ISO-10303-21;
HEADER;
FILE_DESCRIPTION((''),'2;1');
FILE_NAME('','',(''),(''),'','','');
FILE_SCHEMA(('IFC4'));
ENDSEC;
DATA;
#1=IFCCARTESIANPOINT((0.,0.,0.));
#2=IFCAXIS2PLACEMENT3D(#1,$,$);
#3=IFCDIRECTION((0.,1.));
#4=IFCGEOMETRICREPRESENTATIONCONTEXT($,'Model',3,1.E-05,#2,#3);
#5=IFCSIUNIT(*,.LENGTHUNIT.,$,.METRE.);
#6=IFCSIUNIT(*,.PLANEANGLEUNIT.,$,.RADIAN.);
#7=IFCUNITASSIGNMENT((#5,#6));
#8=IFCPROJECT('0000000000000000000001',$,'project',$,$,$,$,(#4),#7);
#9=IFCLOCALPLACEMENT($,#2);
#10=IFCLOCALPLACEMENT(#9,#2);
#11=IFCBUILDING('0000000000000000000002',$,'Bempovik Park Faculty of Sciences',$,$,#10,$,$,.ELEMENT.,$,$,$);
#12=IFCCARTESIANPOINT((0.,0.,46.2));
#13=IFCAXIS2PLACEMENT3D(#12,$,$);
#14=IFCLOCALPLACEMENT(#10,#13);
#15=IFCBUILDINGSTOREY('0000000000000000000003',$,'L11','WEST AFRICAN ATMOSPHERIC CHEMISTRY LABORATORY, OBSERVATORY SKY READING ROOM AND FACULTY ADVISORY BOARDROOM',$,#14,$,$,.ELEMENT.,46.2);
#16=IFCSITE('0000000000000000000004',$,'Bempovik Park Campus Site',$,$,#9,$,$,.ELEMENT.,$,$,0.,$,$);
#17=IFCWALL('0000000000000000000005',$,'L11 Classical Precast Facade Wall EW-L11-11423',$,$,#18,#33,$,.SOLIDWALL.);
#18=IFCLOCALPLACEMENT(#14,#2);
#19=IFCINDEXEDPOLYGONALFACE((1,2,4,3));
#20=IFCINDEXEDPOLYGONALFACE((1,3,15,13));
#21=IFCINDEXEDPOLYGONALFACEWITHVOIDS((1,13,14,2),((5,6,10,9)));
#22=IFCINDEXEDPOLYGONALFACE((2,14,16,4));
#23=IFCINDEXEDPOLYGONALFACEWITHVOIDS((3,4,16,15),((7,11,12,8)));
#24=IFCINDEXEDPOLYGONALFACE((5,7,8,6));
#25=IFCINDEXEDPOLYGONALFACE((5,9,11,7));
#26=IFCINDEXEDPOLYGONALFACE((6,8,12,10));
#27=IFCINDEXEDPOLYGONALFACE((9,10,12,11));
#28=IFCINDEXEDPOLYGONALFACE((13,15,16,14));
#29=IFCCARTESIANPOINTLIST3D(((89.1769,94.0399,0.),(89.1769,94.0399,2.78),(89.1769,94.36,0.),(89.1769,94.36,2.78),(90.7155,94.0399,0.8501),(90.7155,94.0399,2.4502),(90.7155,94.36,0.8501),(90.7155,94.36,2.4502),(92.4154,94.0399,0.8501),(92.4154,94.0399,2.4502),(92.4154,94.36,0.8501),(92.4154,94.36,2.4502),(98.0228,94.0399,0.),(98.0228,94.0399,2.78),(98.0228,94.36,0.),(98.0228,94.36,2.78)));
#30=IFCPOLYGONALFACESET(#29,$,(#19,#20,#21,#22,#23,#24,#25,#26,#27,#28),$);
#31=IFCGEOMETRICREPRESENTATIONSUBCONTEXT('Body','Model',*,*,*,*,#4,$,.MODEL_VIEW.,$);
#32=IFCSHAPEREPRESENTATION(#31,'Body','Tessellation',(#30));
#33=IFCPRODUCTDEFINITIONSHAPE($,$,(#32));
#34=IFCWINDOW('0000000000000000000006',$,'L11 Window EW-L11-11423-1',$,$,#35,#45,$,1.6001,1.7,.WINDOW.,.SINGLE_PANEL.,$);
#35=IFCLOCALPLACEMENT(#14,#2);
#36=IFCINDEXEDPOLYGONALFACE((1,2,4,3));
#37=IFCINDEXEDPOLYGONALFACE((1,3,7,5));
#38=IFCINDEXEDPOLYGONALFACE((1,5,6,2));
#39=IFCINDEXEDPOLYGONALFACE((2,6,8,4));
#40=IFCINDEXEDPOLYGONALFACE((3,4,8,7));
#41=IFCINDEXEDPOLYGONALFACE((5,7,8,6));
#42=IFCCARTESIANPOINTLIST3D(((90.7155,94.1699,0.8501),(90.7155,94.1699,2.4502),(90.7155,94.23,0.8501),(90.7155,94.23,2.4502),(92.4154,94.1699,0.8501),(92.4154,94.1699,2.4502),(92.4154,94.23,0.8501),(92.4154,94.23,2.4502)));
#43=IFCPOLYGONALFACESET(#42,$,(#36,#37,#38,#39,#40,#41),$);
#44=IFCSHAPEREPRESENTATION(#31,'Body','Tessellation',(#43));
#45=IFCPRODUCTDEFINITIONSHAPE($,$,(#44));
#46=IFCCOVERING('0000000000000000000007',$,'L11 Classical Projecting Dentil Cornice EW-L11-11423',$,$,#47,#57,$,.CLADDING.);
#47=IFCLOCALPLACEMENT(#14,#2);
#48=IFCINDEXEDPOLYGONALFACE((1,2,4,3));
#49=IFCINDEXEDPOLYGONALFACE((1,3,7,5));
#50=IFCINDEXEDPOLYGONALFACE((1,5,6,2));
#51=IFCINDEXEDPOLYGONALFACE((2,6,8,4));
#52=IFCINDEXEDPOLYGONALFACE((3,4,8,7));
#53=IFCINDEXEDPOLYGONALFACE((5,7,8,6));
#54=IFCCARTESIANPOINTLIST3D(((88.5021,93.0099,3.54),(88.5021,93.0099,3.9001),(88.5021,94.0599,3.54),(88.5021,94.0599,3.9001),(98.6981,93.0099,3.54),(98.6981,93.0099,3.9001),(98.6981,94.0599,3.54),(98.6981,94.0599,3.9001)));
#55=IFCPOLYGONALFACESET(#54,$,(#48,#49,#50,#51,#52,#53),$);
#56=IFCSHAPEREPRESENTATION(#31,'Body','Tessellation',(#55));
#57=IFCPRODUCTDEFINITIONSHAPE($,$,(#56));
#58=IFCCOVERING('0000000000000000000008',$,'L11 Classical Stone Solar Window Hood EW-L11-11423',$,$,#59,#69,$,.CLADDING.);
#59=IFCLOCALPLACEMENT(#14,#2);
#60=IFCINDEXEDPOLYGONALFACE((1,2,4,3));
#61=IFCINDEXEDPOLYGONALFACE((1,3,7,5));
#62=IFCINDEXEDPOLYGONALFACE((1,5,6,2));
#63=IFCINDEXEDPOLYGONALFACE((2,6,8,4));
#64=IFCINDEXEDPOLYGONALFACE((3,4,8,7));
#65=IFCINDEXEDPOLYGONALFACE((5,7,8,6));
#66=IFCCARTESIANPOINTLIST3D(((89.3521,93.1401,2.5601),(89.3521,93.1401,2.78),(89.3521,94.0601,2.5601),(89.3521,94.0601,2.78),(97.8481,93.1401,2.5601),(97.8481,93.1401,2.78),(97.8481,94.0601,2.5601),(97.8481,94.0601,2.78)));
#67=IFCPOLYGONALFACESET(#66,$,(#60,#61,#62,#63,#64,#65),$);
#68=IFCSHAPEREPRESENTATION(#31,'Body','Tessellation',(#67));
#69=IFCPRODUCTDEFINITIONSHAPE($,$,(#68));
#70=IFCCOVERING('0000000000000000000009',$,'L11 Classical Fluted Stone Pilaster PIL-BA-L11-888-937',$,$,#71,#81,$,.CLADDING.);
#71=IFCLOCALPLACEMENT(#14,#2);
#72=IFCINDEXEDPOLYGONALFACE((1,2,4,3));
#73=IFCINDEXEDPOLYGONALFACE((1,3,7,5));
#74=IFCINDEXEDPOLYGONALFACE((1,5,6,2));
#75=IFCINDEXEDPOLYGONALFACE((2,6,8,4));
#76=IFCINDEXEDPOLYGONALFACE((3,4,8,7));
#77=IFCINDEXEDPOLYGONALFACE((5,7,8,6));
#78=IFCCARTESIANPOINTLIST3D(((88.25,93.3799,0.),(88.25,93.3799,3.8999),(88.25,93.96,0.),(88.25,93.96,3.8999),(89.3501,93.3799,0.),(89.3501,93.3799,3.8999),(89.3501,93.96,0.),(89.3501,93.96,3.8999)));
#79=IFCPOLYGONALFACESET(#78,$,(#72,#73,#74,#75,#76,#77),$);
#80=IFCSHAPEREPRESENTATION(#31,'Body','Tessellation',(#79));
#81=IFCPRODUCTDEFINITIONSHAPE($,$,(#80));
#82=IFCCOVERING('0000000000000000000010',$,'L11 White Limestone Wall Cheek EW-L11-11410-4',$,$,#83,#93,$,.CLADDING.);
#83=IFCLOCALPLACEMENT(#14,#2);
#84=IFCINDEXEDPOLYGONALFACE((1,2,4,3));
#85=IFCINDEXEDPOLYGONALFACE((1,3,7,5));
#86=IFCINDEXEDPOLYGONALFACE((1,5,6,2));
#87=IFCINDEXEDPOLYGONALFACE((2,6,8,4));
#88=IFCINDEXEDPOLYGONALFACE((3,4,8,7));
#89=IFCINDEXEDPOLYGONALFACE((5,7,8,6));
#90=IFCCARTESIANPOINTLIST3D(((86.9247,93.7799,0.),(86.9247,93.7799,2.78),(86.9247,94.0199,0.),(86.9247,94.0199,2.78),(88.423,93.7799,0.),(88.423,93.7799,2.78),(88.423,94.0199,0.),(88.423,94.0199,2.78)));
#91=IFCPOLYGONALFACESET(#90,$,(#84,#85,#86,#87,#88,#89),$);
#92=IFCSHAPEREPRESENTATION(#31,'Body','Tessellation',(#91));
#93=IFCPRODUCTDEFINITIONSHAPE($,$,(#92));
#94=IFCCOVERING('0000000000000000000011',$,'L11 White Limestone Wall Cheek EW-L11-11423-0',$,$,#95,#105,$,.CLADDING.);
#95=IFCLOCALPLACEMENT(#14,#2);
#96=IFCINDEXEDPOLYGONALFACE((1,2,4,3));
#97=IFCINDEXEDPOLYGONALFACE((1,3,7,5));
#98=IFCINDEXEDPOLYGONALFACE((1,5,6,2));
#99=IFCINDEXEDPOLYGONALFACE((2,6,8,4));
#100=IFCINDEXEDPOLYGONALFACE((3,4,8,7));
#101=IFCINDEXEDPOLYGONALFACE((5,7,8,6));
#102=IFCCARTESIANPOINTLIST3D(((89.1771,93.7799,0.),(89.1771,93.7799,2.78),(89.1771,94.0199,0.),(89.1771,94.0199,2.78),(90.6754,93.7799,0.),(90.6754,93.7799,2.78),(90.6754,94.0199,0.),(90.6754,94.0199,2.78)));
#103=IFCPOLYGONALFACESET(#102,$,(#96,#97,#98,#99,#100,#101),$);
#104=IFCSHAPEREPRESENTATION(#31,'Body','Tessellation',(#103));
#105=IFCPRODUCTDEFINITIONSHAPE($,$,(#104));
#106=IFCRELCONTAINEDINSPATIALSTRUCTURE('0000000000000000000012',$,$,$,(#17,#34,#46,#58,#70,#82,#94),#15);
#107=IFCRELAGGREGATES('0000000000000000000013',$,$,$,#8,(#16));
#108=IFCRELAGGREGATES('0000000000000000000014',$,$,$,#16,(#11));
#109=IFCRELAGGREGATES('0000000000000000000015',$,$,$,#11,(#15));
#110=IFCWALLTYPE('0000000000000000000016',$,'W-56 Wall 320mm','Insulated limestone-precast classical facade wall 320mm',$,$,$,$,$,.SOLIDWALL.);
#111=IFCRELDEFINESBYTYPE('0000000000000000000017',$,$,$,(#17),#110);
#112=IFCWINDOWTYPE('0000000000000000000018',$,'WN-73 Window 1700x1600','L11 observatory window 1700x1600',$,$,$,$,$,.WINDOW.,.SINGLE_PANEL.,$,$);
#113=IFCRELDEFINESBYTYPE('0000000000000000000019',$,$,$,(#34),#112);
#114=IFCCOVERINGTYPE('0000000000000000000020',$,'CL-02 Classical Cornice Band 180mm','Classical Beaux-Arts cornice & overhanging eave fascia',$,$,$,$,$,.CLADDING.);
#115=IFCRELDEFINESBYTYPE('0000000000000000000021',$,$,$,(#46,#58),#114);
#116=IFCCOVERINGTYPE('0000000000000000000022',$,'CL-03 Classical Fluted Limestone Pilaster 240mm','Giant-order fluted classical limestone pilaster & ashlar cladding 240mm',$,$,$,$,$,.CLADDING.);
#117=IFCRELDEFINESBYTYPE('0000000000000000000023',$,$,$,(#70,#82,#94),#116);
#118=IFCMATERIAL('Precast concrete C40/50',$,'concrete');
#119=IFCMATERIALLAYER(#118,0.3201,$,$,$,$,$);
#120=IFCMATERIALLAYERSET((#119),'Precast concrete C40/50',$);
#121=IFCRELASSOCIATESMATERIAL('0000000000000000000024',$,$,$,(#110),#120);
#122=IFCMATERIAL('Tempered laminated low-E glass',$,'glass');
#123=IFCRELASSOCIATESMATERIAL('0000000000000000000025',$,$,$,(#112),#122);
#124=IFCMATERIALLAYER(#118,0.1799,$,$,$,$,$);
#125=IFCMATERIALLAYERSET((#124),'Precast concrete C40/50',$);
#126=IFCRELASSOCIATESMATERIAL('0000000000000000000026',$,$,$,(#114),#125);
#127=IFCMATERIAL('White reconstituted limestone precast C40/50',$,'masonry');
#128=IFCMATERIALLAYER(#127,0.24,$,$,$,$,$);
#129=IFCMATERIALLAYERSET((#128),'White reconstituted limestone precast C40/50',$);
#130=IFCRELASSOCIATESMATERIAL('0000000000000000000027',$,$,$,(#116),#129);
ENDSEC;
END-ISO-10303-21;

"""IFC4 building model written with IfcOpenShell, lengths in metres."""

from ifc_helpers import new_model, si_unit, direction, frame, frame_2d, origin, origin_2d, place, context, subcontext, project, spatial, rectangle, extrude, material, layer, layer_set, type_object, element, fill, save


model = new_model("IFC4")

# Units and contexts
model_context = context("Model", 3, precision=1e-05, world=origin(), true_north=direction((0.0, 1.0)))
body_context = subcontext(model_context, "Body", "Model", "MODEL_VIEW")
ifc_project = project(units=[si_unit("LENGTHUNIT", "METRE"), si_unit("PLANEANGLEUNIT", "RADIAN")], contexts=[model_context])

# Site, building, storey
site_placement = place(None, origin())
site = spatial("IfcSite", under=ifc_project, at=site_placement, Name="Bempovik Park Campus Site", CompositionType="ELEMENT", RefElevation=0.0)
building_placement = place(site_placement, origin())
building = spatial("IfcBuilding", under=site, at=building_placement, Name="Bempovik Park Faculty of Sciences", CompositionType="ELEMENT")
storey_placement = place(building_placement, frame((0.0, 0.0, 46.2)))
storey = spatial("IfcBuildingStorey", under=building, at=storey_placement, Name="L11", Description="WEST AFRICAN ATMOSPHERIC CHEMISTRY LABORATORY, OBSERVATORY SKY READING ROOM AND FACULTY ADVISORY BOARDROOM", CompositionType="ELEMENT", Elevation=46.2)

# Wall, opening, window
ifc_material_1 = material(Name="Precast concrete C40/50", Category="concrete")
ifc_layer_1 = layer(ifc_material_1, 0.3201)
ifc_layer_set_1 = layer_set([ifc_layer_1], Name="Precast concrete C40/50")
wall_type_1 = type_object("IfcWallType", Name="W-56 Wall 320mm", Description="Insulated limestone-precast classical facade wall 320mm", PredefinedType="SOLIDWALL", material=ifc_layer_set_1)
wall_1_placement = place(storey_placement, frame((89.177, 94.2, 0.0), z_axis=(0.0, 0.0, 1.0), x_axis=(1.0, 0.0, 0.0)))
wall_1 = element("IfcWall", 1, at=wall_1_placement, inside=storey, type_object=wall_type_1, Name="L11 Classical Precast Facade Wall EW-L11-11423", PredefinedType="SOLIDWALL", context=body_context, shape_type="SweptSolid", body=[
    extrude(rectangle(XDim=8.8459, YDim=0.3201, at=frame_2d((4.4229, 0.0))), origin(), (0.0, 0.0, 1.0), 2.78),
])
opening_1_placement = place(wall_1_placement, frame((1.5383, 0.0, 0.8501)))
opening_1 = element("IfcOpeningElement", 2, at=opening_1_placement, cuts=wall_1, PredefinedType="OPENING", context=body_context, shape_type="SweptSolid", body=[
    extrude(rectangle(XDim=1.7, YDim=1.6001, at=frame_2d((0.8501, 0.8))), frame((0.0, 0.1699, 0.0), z_axis=(0.0, -1.0, 0.0), x_axis=(1.0, 0.0, 0.0)), (0.0, 0.0, 1.0), 0.3401),
])
ifc_material_2 = material(Name="Tempered laminated low-E glass", Category="glass")
window_type = type_object("IfcWindowType", Name="WN-73 Window 1700x1600", Description="L11 observatory window 1700x1600", PartitioningType="SINGLE_PANEL", PredefinedType="WINDOW", material=ifc_material_2)
window_placement = place(opening_1_placement, origin())
window = element("IfcWindow", 3, at=window_placement, inside=storey, type_object=window_type, Name="L11 Window EW-L11-11423-1", OverallHeight=1.6001, OverallWidth=1.7, PartitioningType="SINGLE_PANEL", PredefinedType="WINDOW", context=body_context, shape_type="SweptSolid", body=[
    extrude(rectangle(XDim=1.7, YDim=1.6001, at=frame_2d((0.8501, 0.8))), frame((0.0, 0.03, 0.0), z_axis=(0.0, -1.0, 0.0), x_axis=(1.0, 0.0, 0.0)), (0.0, 0.0, 1.0), 0.0601),
])
fill(opening_1, window)

# Coverings
ifc_layer_2 = layer(ifc_material_1, 0.1799)
ifc_layer_set_2 = layer_set([ifc_layer_2], Name="Precast concrete C40/50")
covering_type_1 = type_object("IfcCoveringType", Name="CL-02 Classical Cornice Band 180mm", Description="Classical Beaux-Arts cornice & overhanging eave fascia", PredefinedType="CLADDING", material=ifc_layer_set_2)
covering_1_placement = place(storey_placement, frame((93.6001, 93.5349, 3.54), z_axis=(0.0, 0.0, 1.0), x_axis=(1.0, 0.0, 0.0)))
element("IfcCovering", 4, at=covering_1_placement, inside=storey, type_object=covering_type_1, Name="L11 Classical Projecting Dentil Cornice EW-L11-11423", PredefinedType="CLADDING", context=body_context, shape_type="SweptSolid", body=[
    extrude(rectangle(XDim=10.196, YDim=1.05, at=origin_2d()), origin(), (0.0, 0.0, 1.0), 0.3601),
])
covering_2_placement = place(storey_placement, frame((93.6001, 93.6001, 2.5601), z_axis=(0.0, 0.0, 1.0), x_axis=(1.0, 0.0, 0.0)))
element("IfcCovering", 5, at=covering_2_placement, inside=storey, type_object=covering_type_1, Name="L11 Classical Stone Solar Window Hood EW-L11-11423", PredefinedType="CLADDING", context=body_context, shape_type="SweptSolid", body=[
    extrude(rectangle(XDim=8.4961, YDim=0.9199, at=origin_2d()), origin(), (0.0, 0.0, 1.0), 0.22),
])
ifc_material_3 = material(Name="White reconstituted limestone precast C40/50", Category="masonry")
ifc_layer_3 = layer(ifc_material_3, 0.24)
ifc_layer_set_3 = layer_set([ifc_layer_3], Name="White reconstituted limestone precast C40/50")
covering_type_2 = type_object("IfcCoveringType", Name="CL-03 Classical Fluted Limestone Pilaster 240mm", Description="Giant-order fluted classical limestone pilaster & ashlar cladding 240mm", PredefinedType="CLADDING", material=ifc_layer_set_3)
covering_3_placement = place(storey_placement, frame((88.8, 93.6699, 0.0), z_axis=(0.0, 0.0, 1.0), x_axis=(1.0, 0.0, 0.0)))
element("IfcCovering", 6, at=covering_3_placement, inside=storey, type_object=covering_type_2, Name="L11 Classical Fluted Stone Pilaster PIL-BA-L11-888-937", PredefinedType="CLADDING", context=body_context, shape_type="SweptSolid", body=[
    extrude(rectangle(XDim=1.1001, YDim=0.5801, at=origin_2d()), origin(), (0.0, 0.0, 1.0), 3.8999),
])
for number, where, z_axis, x_axis, name in (
    (7, (87.6738, 93.8999, 0.0), (0.0, 0.0, 1.0), (1.0, 0.0, 0.0), "L11 White Limestone Wall Cheek EW-L11-11410-4"),
    (8, (89.9263, 93.8999, 0.0), (0.0, 0.0, 1.0), (1.0, 0.0, 0.0), "L11 White Limestone Wall Cheek EW-L11-11423-0"),
):
    element("IfcCovering", number, at=place(storey_placement, frame(where, z_axis=z_axis, x_axis=x_axis)), inside=storey, type_object=covering_type_2, Name=name, PredefinedType="CLADDING", context=body_context, shape_type="SweptSolid", body=[
        extrude(rectangle(XDim=1.4983, YDim=0.24, at=origin_2d()), origin(), (0.0, 0.0, 1.0), 2.78),
    ])

save(model, "model.ifc")
